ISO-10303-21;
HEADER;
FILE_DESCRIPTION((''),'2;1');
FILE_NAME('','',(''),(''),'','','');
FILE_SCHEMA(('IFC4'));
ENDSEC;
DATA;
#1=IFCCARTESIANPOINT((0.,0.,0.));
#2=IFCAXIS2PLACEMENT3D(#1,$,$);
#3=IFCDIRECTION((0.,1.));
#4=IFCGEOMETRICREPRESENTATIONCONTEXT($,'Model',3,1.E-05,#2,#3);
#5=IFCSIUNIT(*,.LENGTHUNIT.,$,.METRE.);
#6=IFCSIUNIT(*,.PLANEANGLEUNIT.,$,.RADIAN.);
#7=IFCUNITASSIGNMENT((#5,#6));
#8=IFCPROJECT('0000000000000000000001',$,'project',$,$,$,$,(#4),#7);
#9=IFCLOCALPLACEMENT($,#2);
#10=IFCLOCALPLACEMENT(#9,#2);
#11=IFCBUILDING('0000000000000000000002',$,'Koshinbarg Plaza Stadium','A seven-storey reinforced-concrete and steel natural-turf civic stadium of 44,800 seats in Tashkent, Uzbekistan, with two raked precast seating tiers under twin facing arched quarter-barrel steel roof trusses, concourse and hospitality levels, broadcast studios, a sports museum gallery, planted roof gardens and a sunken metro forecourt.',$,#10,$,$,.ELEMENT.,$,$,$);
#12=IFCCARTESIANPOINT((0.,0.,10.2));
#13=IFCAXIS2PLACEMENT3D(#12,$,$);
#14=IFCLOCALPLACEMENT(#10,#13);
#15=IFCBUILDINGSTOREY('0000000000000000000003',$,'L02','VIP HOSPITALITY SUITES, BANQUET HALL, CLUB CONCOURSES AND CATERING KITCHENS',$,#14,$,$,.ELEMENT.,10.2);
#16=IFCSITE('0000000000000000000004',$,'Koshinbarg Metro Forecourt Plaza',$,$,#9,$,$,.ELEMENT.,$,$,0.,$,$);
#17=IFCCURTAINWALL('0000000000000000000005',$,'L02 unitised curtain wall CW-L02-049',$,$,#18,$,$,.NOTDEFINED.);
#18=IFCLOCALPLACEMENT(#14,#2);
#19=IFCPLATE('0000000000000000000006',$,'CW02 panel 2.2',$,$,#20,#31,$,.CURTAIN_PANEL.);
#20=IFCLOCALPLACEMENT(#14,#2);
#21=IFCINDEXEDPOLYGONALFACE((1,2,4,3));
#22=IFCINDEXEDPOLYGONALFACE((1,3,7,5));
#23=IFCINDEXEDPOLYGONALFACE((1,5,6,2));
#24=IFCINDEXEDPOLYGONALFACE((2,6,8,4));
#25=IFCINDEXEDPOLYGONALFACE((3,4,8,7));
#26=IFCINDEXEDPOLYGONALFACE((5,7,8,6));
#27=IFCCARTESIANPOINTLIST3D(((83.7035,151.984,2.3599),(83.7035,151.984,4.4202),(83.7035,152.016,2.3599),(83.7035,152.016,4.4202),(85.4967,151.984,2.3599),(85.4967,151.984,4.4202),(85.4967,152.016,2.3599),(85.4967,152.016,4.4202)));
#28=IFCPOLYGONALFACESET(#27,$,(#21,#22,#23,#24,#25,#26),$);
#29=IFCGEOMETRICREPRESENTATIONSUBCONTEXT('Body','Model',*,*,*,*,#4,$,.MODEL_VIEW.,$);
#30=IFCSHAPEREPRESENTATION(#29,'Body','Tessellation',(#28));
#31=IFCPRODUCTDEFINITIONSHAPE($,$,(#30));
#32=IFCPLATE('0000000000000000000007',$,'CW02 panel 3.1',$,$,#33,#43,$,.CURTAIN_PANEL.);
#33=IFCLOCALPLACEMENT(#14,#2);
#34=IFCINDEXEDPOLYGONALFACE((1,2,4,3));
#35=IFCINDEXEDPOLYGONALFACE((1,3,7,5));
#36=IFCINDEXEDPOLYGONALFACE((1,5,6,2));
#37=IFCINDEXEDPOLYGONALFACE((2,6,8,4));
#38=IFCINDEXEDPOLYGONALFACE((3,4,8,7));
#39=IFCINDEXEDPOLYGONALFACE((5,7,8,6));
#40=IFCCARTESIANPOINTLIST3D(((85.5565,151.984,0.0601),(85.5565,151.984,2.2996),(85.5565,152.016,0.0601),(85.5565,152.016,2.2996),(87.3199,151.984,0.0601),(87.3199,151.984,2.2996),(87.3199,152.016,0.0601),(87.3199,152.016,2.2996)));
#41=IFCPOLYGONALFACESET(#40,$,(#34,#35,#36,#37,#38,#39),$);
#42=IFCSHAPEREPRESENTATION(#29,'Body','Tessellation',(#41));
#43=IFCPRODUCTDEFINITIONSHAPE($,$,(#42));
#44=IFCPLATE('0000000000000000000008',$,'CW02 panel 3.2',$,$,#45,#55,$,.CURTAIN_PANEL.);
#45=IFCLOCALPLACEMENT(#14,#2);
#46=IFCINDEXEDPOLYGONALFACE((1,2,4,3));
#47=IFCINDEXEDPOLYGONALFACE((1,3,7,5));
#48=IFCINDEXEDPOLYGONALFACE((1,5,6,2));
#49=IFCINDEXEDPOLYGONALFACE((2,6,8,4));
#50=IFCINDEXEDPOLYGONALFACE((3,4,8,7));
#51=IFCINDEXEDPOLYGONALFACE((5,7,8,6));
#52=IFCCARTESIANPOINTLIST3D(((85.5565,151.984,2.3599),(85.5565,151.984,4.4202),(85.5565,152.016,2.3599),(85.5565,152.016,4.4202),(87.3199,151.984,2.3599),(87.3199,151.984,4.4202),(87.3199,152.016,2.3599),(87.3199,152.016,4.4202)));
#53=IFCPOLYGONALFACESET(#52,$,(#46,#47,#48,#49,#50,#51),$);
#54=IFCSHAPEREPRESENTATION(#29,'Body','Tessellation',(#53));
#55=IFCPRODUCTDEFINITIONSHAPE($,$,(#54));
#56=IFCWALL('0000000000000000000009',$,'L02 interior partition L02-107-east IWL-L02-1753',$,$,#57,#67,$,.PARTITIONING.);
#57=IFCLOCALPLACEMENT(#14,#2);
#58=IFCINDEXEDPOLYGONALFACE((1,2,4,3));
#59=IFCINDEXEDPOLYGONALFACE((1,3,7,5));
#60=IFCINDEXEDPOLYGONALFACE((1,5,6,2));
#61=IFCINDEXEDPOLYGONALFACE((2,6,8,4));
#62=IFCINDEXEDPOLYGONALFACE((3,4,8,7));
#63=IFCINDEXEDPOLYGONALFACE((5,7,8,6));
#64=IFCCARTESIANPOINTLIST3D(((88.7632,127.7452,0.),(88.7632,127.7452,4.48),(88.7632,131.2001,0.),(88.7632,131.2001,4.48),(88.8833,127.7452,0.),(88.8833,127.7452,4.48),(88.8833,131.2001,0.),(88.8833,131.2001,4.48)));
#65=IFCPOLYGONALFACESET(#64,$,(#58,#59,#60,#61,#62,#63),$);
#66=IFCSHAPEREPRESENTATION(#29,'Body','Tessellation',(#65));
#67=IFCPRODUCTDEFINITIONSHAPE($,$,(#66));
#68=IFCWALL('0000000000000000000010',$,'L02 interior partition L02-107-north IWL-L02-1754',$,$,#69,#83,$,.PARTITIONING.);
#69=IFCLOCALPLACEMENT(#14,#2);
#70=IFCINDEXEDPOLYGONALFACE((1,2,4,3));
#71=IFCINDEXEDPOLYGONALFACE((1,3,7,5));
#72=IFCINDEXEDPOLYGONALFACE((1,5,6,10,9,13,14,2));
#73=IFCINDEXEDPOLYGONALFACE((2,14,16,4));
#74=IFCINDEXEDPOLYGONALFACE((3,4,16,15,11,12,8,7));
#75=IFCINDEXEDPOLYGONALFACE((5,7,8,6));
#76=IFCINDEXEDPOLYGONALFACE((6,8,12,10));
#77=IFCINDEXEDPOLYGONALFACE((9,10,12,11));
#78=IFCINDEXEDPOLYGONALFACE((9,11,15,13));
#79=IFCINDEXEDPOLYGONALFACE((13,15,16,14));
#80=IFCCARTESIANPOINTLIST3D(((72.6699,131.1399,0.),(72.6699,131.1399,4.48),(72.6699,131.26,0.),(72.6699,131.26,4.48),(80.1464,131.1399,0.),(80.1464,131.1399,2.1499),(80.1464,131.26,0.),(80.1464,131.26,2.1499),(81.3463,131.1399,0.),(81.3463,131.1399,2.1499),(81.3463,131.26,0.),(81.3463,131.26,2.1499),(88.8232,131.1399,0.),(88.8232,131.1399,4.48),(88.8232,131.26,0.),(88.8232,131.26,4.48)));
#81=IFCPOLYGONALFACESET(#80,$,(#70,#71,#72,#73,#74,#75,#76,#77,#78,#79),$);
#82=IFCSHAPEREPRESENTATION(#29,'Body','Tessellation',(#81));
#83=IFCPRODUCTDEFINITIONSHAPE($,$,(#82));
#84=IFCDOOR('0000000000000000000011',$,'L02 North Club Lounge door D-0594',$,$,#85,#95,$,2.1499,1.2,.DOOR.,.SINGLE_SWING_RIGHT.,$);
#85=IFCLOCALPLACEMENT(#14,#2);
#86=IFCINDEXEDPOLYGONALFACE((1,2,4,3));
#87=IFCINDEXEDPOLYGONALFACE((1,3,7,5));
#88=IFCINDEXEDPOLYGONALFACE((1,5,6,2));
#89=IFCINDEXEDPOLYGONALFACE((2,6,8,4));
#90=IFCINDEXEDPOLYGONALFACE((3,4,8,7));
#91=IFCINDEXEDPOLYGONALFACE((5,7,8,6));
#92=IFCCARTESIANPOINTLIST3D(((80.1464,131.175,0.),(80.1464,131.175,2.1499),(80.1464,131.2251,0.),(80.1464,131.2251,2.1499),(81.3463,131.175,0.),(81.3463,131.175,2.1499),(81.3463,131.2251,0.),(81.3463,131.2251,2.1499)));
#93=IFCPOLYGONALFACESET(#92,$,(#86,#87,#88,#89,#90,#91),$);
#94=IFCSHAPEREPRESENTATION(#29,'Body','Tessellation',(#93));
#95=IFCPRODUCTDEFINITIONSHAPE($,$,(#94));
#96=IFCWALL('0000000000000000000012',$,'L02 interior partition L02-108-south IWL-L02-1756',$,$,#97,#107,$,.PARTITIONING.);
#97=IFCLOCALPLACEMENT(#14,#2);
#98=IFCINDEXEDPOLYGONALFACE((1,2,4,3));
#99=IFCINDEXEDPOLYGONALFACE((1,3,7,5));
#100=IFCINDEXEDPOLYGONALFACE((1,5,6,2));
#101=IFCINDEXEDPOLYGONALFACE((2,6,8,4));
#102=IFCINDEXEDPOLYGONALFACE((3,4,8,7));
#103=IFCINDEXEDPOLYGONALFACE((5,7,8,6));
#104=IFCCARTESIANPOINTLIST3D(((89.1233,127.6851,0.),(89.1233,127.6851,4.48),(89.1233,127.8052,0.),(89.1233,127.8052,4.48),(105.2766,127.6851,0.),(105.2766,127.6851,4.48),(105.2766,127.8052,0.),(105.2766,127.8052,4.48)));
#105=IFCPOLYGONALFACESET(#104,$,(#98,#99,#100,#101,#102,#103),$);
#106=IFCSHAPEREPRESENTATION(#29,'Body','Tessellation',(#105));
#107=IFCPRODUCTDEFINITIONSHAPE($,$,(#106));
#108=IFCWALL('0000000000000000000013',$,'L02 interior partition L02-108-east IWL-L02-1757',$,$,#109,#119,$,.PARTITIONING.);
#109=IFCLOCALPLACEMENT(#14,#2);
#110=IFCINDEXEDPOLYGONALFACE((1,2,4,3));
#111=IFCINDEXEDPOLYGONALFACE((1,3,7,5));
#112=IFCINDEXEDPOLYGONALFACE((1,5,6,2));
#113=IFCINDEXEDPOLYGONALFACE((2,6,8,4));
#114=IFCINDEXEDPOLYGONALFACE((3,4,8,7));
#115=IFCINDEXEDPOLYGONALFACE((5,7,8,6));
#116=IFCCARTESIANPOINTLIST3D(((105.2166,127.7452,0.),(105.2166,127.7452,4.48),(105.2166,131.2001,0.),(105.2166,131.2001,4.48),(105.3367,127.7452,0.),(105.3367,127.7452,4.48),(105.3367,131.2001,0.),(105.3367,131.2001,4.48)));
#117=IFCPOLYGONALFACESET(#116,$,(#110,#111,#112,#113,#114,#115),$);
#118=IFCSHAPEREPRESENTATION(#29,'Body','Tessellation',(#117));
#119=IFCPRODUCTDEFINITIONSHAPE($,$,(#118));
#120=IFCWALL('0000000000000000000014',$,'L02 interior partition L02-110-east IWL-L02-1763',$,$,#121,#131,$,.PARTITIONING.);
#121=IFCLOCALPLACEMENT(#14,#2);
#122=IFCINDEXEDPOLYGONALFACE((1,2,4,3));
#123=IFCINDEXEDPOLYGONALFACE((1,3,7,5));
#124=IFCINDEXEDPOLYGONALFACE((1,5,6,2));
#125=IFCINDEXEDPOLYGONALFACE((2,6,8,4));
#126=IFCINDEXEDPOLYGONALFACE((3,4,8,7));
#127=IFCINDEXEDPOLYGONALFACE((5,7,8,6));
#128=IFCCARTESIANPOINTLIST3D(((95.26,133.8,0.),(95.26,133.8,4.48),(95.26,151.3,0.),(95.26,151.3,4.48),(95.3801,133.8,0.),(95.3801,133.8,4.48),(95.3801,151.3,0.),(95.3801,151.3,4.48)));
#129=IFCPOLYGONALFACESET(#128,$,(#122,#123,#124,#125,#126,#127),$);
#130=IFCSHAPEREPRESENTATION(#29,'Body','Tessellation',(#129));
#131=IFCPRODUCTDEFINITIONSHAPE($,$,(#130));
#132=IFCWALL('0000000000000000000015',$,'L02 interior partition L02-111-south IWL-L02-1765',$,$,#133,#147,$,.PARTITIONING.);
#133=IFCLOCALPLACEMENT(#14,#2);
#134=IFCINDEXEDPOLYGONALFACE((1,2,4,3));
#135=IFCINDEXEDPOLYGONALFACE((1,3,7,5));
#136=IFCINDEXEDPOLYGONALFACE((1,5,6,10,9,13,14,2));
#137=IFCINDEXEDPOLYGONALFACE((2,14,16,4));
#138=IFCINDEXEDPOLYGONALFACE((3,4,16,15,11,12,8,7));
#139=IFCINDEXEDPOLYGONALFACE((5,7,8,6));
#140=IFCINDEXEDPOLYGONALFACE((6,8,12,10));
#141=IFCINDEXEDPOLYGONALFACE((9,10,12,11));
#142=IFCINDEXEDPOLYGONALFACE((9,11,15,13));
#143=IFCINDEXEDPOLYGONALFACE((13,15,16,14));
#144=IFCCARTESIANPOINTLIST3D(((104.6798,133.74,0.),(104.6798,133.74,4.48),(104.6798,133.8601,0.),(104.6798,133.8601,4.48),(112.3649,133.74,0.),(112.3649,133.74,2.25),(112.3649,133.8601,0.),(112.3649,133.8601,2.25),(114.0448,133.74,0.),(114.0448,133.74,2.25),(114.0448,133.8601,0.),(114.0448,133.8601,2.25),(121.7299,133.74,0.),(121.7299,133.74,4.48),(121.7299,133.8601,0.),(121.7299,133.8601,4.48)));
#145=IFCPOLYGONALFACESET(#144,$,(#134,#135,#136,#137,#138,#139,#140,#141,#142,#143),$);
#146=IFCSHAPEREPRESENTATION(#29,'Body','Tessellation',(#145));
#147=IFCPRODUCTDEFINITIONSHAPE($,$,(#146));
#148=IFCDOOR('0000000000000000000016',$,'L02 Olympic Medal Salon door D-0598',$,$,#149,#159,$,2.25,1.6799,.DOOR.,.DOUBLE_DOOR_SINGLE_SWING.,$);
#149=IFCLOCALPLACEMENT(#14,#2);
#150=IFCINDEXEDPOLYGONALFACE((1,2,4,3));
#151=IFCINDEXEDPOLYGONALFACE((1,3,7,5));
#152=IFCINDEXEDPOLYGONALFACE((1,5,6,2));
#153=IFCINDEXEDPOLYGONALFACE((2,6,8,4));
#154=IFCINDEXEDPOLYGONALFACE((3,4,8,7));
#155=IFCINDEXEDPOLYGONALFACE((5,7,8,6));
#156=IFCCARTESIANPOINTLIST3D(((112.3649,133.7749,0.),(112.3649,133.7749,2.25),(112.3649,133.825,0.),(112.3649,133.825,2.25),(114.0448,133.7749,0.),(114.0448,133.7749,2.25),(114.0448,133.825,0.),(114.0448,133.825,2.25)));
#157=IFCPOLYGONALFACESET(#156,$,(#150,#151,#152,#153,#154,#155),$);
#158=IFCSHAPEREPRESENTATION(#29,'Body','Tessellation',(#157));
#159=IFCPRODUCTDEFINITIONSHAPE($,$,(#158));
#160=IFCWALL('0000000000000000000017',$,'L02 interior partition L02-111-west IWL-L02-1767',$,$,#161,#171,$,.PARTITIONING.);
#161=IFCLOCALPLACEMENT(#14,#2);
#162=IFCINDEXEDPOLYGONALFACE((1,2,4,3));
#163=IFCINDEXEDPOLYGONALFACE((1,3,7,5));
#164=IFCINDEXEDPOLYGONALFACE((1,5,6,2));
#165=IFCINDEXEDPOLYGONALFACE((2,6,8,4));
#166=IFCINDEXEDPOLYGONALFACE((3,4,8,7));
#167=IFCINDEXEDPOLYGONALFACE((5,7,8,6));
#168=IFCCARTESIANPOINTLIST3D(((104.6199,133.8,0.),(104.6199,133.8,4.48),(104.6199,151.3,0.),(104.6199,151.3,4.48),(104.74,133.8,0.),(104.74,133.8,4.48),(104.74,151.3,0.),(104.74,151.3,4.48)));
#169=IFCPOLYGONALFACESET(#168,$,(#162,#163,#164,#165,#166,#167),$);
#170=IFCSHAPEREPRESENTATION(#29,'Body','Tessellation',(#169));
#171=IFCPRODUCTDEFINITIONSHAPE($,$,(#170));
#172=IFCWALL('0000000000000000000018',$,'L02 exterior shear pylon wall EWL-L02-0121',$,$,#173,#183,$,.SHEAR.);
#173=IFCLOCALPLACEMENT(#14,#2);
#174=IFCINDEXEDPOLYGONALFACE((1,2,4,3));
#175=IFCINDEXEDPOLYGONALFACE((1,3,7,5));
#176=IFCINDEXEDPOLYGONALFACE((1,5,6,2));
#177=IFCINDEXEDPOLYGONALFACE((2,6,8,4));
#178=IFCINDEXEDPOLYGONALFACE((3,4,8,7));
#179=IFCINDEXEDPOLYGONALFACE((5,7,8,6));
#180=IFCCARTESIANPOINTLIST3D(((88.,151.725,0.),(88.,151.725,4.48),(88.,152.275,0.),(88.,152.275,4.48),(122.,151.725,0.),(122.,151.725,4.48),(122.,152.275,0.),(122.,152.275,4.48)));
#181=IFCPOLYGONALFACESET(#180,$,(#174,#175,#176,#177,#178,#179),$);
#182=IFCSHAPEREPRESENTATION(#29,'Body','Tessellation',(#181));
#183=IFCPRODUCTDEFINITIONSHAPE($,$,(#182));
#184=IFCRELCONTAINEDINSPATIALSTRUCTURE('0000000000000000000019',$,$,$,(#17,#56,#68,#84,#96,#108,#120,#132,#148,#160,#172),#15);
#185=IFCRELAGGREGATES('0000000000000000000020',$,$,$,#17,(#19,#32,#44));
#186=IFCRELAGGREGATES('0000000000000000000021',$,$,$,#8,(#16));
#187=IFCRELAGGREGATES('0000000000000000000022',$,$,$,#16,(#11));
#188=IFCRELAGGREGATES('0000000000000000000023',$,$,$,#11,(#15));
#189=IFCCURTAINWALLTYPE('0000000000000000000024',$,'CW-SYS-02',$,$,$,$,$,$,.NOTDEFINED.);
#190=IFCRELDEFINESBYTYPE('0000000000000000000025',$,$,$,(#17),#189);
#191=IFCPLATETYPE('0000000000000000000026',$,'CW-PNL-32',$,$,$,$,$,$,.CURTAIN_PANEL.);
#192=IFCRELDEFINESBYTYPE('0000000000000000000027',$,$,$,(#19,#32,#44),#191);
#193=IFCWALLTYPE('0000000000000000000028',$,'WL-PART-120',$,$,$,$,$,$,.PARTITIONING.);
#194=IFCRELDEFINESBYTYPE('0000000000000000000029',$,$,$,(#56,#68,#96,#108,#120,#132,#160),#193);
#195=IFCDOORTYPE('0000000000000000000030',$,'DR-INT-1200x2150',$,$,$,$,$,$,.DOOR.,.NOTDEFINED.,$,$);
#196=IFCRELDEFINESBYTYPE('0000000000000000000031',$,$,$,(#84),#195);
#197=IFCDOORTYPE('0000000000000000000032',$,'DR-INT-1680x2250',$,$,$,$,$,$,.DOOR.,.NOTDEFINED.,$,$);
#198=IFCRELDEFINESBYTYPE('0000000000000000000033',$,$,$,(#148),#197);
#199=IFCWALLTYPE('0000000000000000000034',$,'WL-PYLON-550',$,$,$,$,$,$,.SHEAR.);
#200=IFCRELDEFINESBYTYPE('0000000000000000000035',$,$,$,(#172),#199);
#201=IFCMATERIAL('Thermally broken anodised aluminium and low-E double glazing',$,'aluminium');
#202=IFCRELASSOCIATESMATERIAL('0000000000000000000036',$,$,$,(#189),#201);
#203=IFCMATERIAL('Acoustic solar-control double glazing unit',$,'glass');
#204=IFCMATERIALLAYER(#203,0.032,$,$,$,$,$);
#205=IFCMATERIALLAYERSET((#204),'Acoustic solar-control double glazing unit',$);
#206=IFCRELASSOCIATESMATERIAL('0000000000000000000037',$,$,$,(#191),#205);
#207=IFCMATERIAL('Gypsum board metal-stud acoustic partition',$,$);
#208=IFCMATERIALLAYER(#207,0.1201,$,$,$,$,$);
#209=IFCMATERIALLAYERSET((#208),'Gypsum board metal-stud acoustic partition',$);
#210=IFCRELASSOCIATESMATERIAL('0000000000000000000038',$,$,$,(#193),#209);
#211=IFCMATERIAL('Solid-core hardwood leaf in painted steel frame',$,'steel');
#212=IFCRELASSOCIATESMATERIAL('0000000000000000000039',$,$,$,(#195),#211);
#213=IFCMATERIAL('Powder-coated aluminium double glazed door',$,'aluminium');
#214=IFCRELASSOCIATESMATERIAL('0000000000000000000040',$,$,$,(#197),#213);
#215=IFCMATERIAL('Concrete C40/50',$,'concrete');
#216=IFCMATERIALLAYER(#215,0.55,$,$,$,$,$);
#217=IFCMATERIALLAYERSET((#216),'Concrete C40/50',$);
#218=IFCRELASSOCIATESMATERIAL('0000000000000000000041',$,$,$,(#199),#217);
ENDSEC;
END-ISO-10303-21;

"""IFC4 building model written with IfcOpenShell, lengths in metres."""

from ifc_helpers import new_model, si_unit, direction, frame, frame_2d, origin, origin_2d, place, context, subcontext, project, spatial, rectangle, extrude, material, layer, layer_set, type_object, element, fill, aggregate, save


model = new_model("IFC4")

# Units and contexts
model_context = context("Model", 3, precision=1e-05, world=origin(), true_north=direction((0.0, 1.0)))
body_context = subcontext(model_context, "Body", "Model", "MODEL_VIEW")
ifc_project = project(units=[si_unit("LENGTHUNIT", "METRE"), si_unit("PLANEANGLEUNIT", "RADIAN")], contexts=[model_context])

# Site, building, storey
site_placement = place(None, origin())
site = spatial("IfcSite", under=ifc_project, at=site_placement, Name="Koshinbarg Metro Forecourt Plaza", CompositionType="ELEMENT", RefElevation=0.0)
building_placement = place(site_placement, origin())
building = spatial("IfcBuilding", under=site, at=building_placement, Name="Koshinbarg Plaza Stadium", Description="A seven-storey reinforced-concrete and steel natural-turf civic stadium of 44,800 seats in Tashkent, Uzbekistan, with two raked precast seating tiers under twin facing arched quarter-barrel steel roof trusses, concourse and hospitality levels, broadcast studios, a sports museum gallery, planted roof gardens and a sunken metro forecourt.", CompositionType="ELEMENT")
storey_placement = place(building_placement, frame((0.0, 0.0, 10.2)))
storey = spatial("IfcBuildingStorey", under=building, at=storey_placement, Name="L02", Description="VIP HOSPITALITY SUITES, BANQUET HALL, CLUB CONCOURSES AND CATERING KITCHENS", CompositionType="ELEMENT", Elevation=10.2)

# Curtain wall, plates
ifc_material_1 = material(Name="Thermally broken anodised aluminium and low-E double glazing", Category="aluminium")
curtain_wall_type = type_object("IfcCurtainWallType", Name="CW-SYS-02", PredefinedType="NOTDEFINED", material=ifc_material_1)
curtain_wall_placement = place(storey_placement, origin())
curtain_wall = element("IfcCurtainWall", 1, at=curtain_wall_placement, inside=storey, type_object=curtain_wall_type, Name="L02 unitised curtain wall CW-L02-049", PredefinedType="NOTDEFINED")
ifc_material_2 = material(Name="Acoustic solar-control double glazing unit", Category="glass")
ifc_layer_1 = layer(ifc_material_2, 0.032)
ifc_layer_set_1 = layer_set([ifc_layer_1], Name="Acoustic solar-control double glazing unit")
plate_type = type_object("IfcPlateType", Name="CW-PNL-32", PredefinedType="CURTAIN_PANEL", material=ifc_layer_set_1)
plate_1_placement = place(storey_placement, frame((84.6001, 152.0, 2.3599), z_axis=(0.0, 0.0, 1.0), x_axis=(1.0, 0.0, 0.0)))
plate_1 = element("IfcPlate", 2, at=plate_1_placement, type_object=plate_type, Name="CW02 panel 2.2", PredefinedType="CURTAIN_PANEL", context=body_context, shape_type="SweptSolid", body=[
    extrude(rectangle(XDim=1.7932, YDim=0.032, at=origin_2d()), origin(), (0.0, 0.0, 1.0), 2.0603),
])
plate_2_placement = place(storey_placement, frame((86.4382, 152.0, 0.0601), z_axis=(0.0, 0.0, 1.0), x_axis=(1.0, 0.0, 0.0)))
plate_2 = element("IfcPlate", 3, at=plate_2_placement, type_object=plate_type, Name="CW02 panel 3.1", PredefinedType="CURTAIN_PANEL", context=body_context, shape_type="SweptSolid", body=[
    extrude(rectangle(XDim=1.7634, YDim=0.032, at=origin_2d()), origin(), (0.0, 0.0, 1.0), 2.2395),
])
plate_3_placement = place(storey_placement, frame((86.4382, 152.0, 2.3599), z_axis=(0.0, 0.0, 1.0), x_axis=(1.0, 0.0, 0.0)))
plate_3 = element("IfcPlate", 4, at=plate_3_placement, type_object=plate_type, Name="CW02 panel 3.2", PredefinedType="CURTAIN_PANEL", context=body_context, shape_type="SweptSolid", body=[
    extrude(rectangle(XDim=1.7634, YDim=0.032, at=origin_2d()), origin(), (0.0, 0.0, 1.0), 2.0603),
])
aggregate(curtain_wall, [plate_1, plate_2, plate_3])

# Wall
ifc_material_3 = material(Name="Gypsum board metal-stud acoustic partition")
ifc_layer_2 = layer(ifc_material_3, 0.1201)
ifc_layer_set_2 = layer_set([ifc_layer_2], Name="Gypsum board metal-stud acoustic partition")
wall_type_1 = type_object("IfcWallType", Name="WL-PART-120", PredefinedType="PARTITIONING", material=ifc_layer_set_2)
wall_1_placement = place(storey_placement, frame((88.8232, 127.7451, 0.0), z_axis=(0.0, 0.0, 1.0), x_axis=(0.0, 1.0, 0.0)))
element("IfcWall", 5, at=wall_1_placement, inside=storey, type_object=wall_type_1, Name="L02 interior partition L02-107-east IWL-L02-1753", PredefinedType="PARTITIONING", context=body_context, shape_type="SweptSolid", body=[
    extrude(rectangle(XDim=3.4548, YDim=0.1201, at=frame_2d((1.7275, 0.0))), origin(), (0.0, 0.0, 1.0), 4.48),
])

# Wall, opening, door
wall_2_placement = place(storey_placement, frame((88.8232, 131.2, 0.0), z_axis=(0.0, 0.0, 1.0), x_axis=(-1.0, 0.0, 0.0)))
wall_2 = element("IfcWall", 6, at=wall_2_placement, inside=storey, type_object=wall_type_1, Name="L02 interior partition L02-107-north IWL-L02-1754", PredefinedType="PARTITIONING", context=body_context, shape_type="SweptSolid", body=[
    extrude(rectangle(XDim=16.1533, YDim=0.1201, at=frame_2d((8.0767, 0.0))), origin(), (0.0, 0.0, 1.0), 4.48),
])
opening_1_placement = place(wall_2_placement, frame((7.4768, 0.0, 0.0)))
opening_1 = element("IfcOpeningElement", 7, at=opening_1_placement, cuts=wall_2, PredefinedType="OPENING", context=body_context, shape_type="SweptSolid", body=[
    extrude(rectangle(XDim=1.2, YDim=2.1499, at=frame_2d((0.6001, 1.075))), frame((0.0, 0.0701, 0.0), z_axis=(0.0, -1.0, 0.0), x_axis=(1.0, 0.0, 0.0)), (0.0, 0.0, 1.0), 0.1401),
])
ifc_material_4 = material(Name="Solid-core hardwood leaf in painted steel frame", Category="steel")
door_type_1 = type_object("IfcDoorType", Name="DR-INT-1200x2150", OperationType="NOTDEFINED", PredefinedType="DOOR", material=ifc_material_4)
door_1_placement = place(opening_1_placement, origin())
door_1 = element("IfcDoor", 8, at=door_1_placement, inside=storey, type_object=door_type_1, Name="L02 North Club Lounge door D-0594", OperationType="SINGLE_SWING_RIGHT", OverallHeight=2.1499, OverallWidth=1.2, PredefinedType="DOOR", context=body_context, shape_type="SweptSolid", body=[
    extrude(rectangle(XDim=1.2, YDim=2.1499, at=frame_2d((0.6001, 1.075))), frame((0.0, 0.0249, 0.0), z_axis=(0.0, -1.0, 0.0), x_axis=(1.0, 0.0, 0.0)), (0.0, 0.0, 1.0), 0.05),
])
fill(opening_1, door_1)

# Walls
wall_3_placement = place(storey_placement, frame((89.1233, 127.7451, 0.0), z_axis=(0.0, 0.0, 1.0), x_axis=(1.0, 0.0, 0.0)))
element("IfcWall", 9, at=wall_3_placement, inside=storey, type_object=wall_type_1, Name="L02 interior partition L02-108-south IWL-L02-1756", PredefinedType="PARTITIONING", context=body_context, shape_type="SweptSolid", body=[
    extrude(rectangle(XDim=16.1533, YDim=0.1201, at=frame_2d((8.0767, 0.0))), origin(), (0.0, 0.0, 1.0), 4.48),
])
wall_4_placement = place(storey_placement, frame((105.2766, 127.7451, 0.0), z_axis=(0.0, 0.0, 1.0), x_axis=(0.0, 1.0, 0.0)))
element("IfcWall", 10, at=wall_4_placement, inside=storey, type_object=wall_type_1, Name="L02 interior partition L02-108-east IWL-L02-1757", PredefinedType="PARTITIONING", context=body_context, shape_type="SweptSolid", body=[
    extrude(rectangle(XDim=3.4548, YDim=0.1201, at=frame_2d((1.7275, 0.0))), origin(), (0.0, 0.0, 1.0), 4.48),
])
wall_5_placement = place(storey_placement, frame((95.3201, 133.8, 0.0), z_axis=(0.0, 0.0, 1.0), x_axis=(0.0, 1.0, 0.0)))
element("IfcWall", 11, at=wall_5_placement, inside=storey, type_object=wall_type_1, Name="L02 interior partition L02-110-east IWL-L02-1763", PredefinedType="PARTITIONING", context=body_context, shape_type="SweptSolid", body=[
    extrude(rectangle(XDim=17.5, YDim=0.1201, at=frame_2d((8.75, 0.0))), origin(), (0.0, 0.0, 1.0), 4.48),
])

# Wall, opening, door
wall_6_placement = place(storey_placement, frame((104.6799, 133.8, 0.0), z_axis=(0.0, 0.0, 1.0), x_axis=(1.0, 0.0, 0.0)))
wall_6 = element("IfcWall", 12, at=wall_6_placement, inside=storey, type_object=wall_type_1, Name="L02 interior partition L02-111-south IWL-L02-1765", PredefinedType="PARTITIONING", context=body_context, shape_type="SweptSolid", body=[
    extrude(rectangle(XDim=17.05, YDim=0.1201, at=frame_2d((8.5249, 0.0))), origin(), (0.0, 0.0, 1.0), 4.48),
])
opening_2_placement = place(wall_6_placement, frame((7.6851, 0.0, 0.0)))
opening_2 = element("IfcOpeningElement", 13, at=opening_2_placement, cuts=wall_6, PredefinedType="OPENING", context=body_context, shape_type="SweptSolid", body=[
    extrude(rectangle(XDim=1.6799, YDim=2.25, at=frame_2d((0.8398, 1.125))), frame((0.0, 0.0701, 0.0), z_axis=(0.0, -1.0, 0.0), x_axis=(1.0, 0.0, 0.0)), (0.0, 0.0, 1.0), 0.1401),
])
ifc_material_5 = material(Name="Powder-coated aluminium double glazed door", Category="aluminium")
door_type_2 = type_object("IfcDoorType", Name="DR-INT-1680x2250", OperationType="NOTDEFINED", PredefinedType="DOOR", material=ifc_material_5)
door_2_placement = place(opening_2_placement, origin())
door_2 = element("IfcDoor", 14, at=door_2_placement, inside=storey, type_object=door_type_2, Name="L02 Olympic Medal Salon door D-0598", OperationType="DOUBLE_DOOR_SINGLE_SWING", OverallHeight=2.25, OverallWidth=1.6799, PredefinedType="DOOR", context=body_context, shape_type="SweptSolid", body=[
    extrude(rectangle(XDim=1.6799, YDim=2.25, at=frame_2d((0.8398, 1.125))), frame((0.0, 0.0249, 0.0), z_axis=(0.0, -1.0, 0.0), x_axis=(1.0, 0.0, 0.0)), (0.0, 0.0, 1.0), 0.05),
])
fill(opening_2, door_2)

# Walls
wall_7_placement = place(storey_placement, frame((104.6799, 151.3, 0.0), z_axis=(0.0, 0.0, 1.0), x_axis=(0.0, -1.0, 0.0)))
element("IfcWall", 15, at=wall_7_placement, inside=storey, type_object=wall_type_1, Name="L02 interior partition L02-111-west IWL-L02-1767", PredefinedType="PARTITIONING", context=body_context, shape_type="SweptSolid", body=[
    extrude(rectangle(XDim=17.5, YDim=0.1201, at=frame_2d((8.75, 0.0))), origin(), (0.0, 0.0, 1.0), 4.48),
])
ifc_material_6 = material(Name="Concrete C40/50", Category="concrete")
ifc_layer_3 = layer(ifc_material_6, 0.55)
ifc_layer_set_3 = layer_set([ifc_layer_3], Name="Concrete C40/50")
wall_type_2 = type_object("IfcWallType", Name="WL-PYLON-550", PredefinedType="SHEAR", material=ifc_layer_set_3)
wall_8_placement = place(storey_placement, frame((88.0, 152.0, 0.0), z_axis=(0.0, 0.0, 1.0), x_axis=(1.0, 0.0, 0.0)))
element("IfcWall", 16, at=wall_8_placement, inside=storey, type_object=wall_type_2, Name="L02 exterior shear pylon wall EWL-L02-0121", PredefinedType="SHEAR", context=body_context, shape_type="SweptSolid", body=[
    extrude(rectangle(XDim=34.0, YDim=0.55, at=frame_2d((17.0, 0.0))), origin(), (0.0, 0.0, 1.0), 4.48),
])

save(model, "model.ifc")
